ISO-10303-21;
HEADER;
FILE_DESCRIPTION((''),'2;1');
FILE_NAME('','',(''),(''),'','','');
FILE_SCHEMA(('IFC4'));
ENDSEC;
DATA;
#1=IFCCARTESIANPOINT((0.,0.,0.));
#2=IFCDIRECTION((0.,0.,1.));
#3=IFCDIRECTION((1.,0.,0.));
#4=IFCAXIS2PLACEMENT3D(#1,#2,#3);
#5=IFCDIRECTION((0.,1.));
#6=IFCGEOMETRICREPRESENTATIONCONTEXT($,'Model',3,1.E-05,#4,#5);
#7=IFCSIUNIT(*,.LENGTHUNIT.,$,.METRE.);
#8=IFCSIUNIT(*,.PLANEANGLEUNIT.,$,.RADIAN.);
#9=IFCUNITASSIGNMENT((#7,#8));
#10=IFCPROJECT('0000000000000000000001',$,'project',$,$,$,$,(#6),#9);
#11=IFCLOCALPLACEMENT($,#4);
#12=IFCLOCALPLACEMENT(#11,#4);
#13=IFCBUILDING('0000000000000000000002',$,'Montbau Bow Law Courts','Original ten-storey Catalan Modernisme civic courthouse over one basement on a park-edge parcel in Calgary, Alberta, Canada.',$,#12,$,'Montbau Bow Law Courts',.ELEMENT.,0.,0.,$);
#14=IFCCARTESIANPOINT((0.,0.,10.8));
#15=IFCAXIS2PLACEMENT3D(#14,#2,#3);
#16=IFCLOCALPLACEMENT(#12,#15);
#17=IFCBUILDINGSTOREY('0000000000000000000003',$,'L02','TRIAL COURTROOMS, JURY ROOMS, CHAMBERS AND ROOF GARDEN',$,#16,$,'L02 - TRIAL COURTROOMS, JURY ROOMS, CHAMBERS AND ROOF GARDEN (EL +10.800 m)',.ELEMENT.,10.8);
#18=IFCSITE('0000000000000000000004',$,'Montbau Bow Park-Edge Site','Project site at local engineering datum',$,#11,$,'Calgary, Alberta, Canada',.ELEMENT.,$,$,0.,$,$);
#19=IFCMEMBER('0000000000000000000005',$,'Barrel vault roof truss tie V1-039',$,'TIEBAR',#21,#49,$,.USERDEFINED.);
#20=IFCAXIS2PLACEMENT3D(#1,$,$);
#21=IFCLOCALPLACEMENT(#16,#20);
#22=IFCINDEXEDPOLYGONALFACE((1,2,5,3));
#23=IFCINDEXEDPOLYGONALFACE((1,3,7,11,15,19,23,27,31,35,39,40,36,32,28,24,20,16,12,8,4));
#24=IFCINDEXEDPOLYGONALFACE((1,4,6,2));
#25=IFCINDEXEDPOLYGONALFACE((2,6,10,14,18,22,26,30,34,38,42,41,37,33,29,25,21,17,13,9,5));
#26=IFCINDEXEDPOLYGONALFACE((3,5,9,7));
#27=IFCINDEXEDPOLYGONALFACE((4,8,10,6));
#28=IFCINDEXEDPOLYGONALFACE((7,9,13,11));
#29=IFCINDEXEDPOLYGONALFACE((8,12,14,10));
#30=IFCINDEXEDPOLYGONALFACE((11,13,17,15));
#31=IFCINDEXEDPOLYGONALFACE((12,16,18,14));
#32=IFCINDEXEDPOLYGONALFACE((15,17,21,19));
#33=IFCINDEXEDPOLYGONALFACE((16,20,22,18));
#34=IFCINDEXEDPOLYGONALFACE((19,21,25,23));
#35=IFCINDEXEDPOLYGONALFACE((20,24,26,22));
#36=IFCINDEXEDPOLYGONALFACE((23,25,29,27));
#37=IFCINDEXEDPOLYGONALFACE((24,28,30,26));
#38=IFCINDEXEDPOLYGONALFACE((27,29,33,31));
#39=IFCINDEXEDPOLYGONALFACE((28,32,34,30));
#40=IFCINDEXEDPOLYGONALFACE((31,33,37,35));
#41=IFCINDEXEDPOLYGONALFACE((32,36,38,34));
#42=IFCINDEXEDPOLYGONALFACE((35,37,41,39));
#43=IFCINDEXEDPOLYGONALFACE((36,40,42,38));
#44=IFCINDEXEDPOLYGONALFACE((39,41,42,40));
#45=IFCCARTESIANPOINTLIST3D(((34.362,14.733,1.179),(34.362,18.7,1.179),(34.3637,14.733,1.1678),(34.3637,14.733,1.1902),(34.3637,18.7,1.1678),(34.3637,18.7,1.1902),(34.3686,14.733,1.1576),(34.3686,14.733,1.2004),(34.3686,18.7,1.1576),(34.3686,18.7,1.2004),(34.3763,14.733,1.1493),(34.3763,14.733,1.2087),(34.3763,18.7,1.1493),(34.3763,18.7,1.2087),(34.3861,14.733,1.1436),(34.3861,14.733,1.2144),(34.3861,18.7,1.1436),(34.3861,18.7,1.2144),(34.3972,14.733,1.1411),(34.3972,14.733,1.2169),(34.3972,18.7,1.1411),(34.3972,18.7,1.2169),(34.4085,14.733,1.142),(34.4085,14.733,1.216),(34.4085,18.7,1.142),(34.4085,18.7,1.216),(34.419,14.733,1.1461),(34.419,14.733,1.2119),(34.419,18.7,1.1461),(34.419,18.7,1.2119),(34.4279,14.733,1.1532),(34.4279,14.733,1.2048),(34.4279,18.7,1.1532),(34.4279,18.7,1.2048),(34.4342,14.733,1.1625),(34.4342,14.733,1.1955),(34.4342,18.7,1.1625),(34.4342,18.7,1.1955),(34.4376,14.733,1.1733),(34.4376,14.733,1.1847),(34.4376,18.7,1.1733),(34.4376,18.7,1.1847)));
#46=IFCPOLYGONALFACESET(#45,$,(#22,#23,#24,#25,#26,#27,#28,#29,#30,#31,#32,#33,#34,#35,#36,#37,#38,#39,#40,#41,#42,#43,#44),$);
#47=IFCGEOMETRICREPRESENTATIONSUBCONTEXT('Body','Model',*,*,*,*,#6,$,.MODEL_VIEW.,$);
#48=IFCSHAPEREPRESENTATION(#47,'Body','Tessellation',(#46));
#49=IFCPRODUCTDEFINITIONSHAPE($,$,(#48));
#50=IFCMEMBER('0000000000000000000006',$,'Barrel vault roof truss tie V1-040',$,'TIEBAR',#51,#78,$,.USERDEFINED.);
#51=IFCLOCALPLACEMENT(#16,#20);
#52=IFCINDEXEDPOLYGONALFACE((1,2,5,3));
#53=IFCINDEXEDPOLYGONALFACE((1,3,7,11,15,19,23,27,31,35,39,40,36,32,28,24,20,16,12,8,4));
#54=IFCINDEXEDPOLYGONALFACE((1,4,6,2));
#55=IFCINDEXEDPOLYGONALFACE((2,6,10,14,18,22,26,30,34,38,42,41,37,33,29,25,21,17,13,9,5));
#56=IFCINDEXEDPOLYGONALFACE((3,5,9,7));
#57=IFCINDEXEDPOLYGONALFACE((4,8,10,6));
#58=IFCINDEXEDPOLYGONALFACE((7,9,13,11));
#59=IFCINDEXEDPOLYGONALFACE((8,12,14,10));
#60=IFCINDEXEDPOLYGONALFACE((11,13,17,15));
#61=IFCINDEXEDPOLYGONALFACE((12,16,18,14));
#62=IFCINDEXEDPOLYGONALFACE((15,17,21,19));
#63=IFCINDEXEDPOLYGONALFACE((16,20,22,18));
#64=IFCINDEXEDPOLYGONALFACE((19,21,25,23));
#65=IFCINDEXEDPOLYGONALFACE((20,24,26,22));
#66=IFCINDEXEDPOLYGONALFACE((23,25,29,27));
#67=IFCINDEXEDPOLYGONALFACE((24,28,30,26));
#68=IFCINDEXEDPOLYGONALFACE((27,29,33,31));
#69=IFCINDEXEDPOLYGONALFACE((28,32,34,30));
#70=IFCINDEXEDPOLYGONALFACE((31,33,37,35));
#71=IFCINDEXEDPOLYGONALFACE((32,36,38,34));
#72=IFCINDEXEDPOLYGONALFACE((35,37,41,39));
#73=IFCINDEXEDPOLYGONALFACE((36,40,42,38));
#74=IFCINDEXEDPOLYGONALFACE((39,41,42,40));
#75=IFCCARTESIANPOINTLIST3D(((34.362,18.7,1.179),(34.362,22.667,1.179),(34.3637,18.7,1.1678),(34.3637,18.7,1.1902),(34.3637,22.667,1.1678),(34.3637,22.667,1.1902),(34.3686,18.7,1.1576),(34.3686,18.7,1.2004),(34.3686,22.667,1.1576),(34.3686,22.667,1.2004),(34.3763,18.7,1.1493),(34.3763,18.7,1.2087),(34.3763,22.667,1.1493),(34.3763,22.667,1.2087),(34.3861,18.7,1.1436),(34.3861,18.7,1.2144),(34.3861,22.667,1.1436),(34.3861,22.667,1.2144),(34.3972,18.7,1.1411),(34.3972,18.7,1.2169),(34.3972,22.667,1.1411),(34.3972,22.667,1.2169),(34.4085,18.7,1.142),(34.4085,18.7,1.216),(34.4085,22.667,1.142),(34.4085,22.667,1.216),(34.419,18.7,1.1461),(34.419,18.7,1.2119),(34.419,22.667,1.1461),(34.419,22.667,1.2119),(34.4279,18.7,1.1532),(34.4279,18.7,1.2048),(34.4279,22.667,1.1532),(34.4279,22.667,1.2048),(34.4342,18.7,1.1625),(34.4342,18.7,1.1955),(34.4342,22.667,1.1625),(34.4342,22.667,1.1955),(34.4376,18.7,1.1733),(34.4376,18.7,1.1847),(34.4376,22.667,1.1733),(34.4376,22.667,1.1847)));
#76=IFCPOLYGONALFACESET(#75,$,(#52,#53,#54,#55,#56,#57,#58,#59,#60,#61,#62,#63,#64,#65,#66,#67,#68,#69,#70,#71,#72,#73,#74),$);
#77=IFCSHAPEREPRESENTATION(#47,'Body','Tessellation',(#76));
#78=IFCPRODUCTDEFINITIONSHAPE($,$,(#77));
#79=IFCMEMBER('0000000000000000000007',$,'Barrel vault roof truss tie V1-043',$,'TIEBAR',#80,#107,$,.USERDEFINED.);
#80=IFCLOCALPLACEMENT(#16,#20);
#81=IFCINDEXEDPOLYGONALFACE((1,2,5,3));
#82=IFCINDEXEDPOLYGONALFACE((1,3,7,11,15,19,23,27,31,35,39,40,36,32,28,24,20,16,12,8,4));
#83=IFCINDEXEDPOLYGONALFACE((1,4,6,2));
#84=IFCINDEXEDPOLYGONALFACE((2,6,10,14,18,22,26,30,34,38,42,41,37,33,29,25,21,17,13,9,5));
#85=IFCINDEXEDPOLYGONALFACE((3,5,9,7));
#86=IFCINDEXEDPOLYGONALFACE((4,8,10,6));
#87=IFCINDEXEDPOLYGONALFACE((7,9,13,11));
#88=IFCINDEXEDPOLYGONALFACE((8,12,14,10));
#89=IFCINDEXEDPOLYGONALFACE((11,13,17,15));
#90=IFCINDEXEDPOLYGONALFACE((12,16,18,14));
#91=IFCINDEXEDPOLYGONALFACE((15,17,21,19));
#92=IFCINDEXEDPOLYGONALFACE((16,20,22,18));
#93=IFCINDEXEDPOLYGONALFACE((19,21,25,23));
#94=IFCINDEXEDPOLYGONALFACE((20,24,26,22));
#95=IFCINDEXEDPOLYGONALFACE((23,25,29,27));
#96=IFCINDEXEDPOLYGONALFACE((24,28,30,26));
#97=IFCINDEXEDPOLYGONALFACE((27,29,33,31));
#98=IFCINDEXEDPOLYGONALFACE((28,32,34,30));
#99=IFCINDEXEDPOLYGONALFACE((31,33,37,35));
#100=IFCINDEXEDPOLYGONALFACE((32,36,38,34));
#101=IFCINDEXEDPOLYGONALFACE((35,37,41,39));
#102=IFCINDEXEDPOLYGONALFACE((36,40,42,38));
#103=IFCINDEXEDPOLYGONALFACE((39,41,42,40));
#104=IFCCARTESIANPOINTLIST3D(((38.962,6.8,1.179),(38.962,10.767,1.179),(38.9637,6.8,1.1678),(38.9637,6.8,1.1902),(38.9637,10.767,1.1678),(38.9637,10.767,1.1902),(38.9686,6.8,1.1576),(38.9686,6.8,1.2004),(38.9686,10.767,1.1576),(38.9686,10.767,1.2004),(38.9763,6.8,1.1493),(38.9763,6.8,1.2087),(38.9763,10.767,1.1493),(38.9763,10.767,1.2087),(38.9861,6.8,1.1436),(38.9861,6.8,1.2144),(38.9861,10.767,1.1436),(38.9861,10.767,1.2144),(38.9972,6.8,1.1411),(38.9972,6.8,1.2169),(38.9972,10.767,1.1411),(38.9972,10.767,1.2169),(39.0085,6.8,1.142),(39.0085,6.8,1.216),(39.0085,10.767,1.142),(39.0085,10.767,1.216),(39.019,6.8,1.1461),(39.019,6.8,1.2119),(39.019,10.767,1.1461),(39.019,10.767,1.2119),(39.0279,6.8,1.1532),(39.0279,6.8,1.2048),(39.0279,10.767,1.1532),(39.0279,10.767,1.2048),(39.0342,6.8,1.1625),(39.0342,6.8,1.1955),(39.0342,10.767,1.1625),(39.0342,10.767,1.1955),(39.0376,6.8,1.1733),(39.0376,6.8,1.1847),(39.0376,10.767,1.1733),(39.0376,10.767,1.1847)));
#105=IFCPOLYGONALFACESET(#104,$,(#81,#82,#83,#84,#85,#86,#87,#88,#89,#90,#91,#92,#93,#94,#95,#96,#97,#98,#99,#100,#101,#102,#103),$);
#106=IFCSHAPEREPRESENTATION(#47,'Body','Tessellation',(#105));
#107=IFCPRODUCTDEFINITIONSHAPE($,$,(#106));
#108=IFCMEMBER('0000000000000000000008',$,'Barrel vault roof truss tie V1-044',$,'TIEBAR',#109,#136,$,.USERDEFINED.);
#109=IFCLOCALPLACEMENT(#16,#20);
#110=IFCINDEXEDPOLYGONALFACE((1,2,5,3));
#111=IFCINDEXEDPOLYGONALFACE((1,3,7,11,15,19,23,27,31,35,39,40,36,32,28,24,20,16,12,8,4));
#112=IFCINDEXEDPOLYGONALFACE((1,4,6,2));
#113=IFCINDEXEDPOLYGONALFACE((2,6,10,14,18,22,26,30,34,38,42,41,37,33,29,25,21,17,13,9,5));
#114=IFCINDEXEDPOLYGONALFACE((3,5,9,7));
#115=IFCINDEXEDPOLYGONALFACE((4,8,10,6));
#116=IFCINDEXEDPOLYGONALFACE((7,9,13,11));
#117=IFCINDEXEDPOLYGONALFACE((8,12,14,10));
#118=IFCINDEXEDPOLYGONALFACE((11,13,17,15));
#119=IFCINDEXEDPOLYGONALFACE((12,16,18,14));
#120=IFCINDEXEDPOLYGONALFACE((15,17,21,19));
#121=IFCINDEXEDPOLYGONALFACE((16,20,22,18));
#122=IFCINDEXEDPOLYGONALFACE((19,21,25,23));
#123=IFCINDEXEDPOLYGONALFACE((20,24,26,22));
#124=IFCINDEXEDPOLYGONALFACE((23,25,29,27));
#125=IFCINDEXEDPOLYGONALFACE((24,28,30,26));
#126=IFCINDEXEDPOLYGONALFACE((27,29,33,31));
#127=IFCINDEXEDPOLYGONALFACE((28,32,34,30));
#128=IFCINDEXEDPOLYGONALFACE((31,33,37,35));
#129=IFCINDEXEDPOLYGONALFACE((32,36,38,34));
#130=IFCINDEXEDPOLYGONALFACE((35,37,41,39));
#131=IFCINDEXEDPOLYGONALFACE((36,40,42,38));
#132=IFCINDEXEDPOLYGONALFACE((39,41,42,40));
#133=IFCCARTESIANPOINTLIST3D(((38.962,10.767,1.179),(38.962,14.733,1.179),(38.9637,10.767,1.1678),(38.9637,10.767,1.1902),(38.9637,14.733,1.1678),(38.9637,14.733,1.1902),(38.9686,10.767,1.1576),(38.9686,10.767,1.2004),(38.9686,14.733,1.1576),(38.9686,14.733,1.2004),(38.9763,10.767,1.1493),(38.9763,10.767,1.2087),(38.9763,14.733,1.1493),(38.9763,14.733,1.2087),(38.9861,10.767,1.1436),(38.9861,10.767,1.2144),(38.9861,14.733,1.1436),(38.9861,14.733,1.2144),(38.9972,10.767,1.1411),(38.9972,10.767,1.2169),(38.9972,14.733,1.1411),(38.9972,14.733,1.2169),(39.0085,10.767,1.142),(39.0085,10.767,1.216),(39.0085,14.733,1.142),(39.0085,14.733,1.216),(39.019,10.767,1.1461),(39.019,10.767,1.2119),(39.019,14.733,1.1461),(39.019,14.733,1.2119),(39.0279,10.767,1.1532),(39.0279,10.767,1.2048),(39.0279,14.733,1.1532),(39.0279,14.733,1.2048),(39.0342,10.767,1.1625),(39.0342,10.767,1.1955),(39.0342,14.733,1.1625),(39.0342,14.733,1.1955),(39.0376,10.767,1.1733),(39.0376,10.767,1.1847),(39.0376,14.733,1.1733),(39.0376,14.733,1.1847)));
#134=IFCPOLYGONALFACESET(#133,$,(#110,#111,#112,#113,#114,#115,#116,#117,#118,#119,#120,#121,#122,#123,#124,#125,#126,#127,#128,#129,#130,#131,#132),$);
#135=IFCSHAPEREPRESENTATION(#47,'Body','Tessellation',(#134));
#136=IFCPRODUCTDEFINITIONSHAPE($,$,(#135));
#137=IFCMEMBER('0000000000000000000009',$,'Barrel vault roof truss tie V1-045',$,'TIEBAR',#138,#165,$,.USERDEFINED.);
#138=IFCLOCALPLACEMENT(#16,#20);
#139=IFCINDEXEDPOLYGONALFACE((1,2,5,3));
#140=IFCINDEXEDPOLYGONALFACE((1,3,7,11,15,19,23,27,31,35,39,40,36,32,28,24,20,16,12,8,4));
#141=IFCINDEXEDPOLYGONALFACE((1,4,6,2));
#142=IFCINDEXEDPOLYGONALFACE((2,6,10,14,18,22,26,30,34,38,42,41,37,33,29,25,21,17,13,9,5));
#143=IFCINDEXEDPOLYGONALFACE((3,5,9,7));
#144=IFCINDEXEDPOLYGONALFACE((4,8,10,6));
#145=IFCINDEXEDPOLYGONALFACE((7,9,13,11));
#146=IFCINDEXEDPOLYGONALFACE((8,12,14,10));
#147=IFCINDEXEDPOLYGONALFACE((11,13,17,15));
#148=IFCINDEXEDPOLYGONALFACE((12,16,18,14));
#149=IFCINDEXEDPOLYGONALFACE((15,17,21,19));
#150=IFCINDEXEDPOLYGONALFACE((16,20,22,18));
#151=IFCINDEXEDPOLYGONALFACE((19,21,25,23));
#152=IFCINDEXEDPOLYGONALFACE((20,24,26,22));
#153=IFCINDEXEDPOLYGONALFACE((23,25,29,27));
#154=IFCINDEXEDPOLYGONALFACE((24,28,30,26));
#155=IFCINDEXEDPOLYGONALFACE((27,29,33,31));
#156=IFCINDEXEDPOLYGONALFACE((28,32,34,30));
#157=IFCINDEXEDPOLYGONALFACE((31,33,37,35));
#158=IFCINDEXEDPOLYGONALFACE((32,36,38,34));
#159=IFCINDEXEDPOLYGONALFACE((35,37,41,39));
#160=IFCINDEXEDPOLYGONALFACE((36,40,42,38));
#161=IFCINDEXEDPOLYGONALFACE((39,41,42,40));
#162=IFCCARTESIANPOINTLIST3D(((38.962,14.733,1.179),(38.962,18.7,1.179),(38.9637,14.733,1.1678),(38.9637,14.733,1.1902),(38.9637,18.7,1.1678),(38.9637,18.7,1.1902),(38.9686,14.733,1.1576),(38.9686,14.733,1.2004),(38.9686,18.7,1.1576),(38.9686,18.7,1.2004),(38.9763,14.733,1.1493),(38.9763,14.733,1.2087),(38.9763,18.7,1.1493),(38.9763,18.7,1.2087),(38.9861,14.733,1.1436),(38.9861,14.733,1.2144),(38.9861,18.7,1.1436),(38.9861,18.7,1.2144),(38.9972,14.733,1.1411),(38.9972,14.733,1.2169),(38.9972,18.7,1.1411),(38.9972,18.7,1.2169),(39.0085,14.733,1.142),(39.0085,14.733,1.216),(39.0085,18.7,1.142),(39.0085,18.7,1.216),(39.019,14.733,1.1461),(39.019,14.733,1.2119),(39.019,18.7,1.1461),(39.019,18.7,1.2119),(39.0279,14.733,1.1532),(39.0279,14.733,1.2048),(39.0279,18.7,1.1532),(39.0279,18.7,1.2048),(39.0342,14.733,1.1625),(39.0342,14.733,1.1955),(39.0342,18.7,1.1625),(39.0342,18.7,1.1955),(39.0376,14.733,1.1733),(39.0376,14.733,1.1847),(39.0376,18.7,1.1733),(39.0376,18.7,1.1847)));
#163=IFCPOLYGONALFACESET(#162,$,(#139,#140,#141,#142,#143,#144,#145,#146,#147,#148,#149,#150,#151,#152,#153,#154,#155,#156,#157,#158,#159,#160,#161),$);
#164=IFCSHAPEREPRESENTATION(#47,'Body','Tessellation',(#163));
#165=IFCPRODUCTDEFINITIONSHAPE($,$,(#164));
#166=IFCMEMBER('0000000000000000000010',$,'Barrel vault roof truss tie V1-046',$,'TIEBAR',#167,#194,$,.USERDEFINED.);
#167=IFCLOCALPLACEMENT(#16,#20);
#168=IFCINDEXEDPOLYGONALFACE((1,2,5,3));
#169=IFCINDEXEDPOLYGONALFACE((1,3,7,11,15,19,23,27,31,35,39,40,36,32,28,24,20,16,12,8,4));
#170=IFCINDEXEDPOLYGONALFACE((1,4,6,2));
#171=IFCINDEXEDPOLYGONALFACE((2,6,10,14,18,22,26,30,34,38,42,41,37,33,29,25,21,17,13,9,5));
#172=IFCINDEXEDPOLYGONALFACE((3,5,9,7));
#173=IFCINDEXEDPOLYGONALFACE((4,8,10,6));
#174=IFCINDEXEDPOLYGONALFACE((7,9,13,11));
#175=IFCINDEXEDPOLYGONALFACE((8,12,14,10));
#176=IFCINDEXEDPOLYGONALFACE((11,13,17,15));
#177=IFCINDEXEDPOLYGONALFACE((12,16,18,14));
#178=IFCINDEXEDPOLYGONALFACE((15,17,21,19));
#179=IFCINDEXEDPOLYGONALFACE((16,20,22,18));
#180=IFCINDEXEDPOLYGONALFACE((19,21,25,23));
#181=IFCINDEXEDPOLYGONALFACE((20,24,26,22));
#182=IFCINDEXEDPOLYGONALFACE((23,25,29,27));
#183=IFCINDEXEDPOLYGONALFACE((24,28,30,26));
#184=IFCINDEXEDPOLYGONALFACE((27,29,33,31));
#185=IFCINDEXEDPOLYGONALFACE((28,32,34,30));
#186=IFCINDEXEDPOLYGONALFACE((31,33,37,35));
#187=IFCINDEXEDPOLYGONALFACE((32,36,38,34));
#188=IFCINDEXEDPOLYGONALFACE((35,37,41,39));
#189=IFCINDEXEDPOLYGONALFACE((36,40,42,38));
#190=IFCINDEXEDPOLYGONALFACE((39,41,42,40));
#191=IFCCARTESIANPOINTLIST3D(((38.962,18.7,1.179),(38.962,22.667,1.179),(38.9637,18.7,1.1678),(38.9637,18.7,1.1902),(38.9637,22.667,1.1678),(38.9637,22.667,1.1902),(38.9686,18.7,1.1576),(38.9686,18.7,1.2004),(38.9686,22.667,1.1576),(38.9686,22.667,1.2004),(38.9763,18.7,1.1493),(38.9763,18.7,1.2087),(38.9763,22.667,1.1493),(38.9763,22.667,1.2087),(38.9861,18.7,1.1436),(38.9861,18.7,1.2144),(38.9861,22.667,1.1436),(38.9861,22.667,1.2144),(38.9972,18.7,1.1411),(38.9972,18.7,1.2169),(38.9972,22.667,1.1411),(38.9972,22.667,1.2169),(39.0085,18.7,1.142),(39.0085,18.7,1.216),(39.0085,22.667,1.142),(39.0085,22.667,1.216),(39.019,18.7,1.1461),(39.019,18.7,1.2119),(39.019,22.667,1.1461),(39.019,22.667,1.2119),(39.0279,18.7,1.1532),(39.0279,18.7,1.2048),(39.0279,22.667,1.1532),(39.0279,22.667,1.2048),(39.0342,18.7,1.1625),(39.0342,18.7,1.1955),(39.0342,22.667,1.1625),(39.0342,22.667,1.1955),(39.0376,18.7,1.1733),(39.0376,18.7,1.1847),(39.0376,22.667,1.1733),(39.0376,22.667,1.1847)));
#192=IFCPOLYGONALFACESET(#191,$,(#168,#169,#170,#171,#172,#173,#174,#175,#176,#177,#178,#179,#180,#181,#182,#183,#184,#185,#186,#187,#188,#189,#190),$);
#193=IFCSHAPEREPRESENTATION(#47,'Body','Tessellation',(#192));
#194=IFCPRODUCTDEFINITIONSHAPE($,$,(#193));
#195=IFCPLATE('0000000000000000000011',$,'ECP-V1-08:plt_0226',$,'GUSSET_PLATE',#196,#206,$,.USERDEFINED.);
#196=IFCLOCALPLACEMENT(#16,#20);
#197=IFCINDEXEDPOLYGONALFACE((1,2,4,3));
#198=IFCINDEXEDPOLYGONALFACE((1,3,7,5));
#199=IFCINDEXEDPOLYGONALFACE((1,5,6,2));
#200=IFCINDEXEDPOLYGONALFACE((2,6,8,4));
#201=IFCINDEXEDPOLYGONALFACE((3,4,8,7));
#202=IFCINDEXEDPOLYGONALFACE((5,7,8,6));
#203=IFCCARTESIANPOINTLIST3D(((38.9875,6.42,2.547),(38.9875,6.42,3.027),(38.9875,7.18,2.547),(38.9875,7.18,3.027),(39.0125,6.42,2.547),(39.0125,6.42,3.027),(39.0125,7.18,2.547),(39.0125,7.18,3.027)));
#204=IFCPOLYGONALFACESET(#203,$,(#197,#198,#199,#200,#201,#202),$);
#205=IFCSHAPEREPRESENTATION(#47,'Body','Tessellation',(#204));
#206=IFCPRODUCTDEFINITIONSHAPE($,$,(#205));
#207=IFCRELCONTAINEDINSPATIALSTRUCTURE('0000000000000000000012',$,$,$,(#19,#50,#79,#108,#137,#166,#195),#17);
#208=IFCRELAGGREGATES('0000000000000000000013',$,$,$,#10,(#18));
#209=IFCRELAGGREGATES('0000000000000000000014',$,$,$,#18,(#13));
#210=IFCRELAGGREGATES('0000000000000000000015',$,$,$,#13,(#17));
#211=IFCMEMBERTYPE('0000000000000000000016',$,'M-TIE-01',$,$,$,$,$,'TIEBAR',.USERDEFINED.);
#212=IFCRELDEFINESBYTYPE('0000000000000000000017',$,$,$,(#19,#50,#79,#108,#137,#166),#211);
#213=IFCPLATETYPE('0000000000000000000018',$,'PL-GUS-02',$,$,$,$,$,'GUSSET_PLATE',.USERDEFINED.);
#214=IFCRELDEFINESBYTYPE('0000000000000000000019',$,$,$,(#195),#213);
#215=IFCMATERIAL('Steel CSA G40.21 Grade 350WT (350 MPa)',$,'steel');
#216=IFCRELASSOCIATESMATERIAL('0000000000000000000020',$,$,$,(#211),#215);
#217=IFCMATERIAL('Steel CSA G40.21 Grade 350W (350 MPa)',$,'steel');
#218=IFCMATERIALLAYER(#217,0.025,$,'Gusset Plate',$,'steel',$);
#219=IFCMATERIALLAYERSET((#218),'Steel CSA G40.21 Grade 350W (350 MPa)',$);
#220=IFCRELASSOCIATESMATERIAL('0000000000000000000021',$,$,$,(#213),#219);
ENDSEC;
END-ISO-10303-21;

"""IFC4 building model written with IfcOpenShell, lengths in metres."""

from ifc_helpers import new_model, si_unit, direction, frame, origin_with_axes, origin_2d_with_axis, place, context, subcontext, project, spatial, rectangle, circle, extrude, material, layer, layer_set, material_profile, profile_set, type_object, element, save


model = new_model("IFC4")

# Units and contexts
model_context = context("Model", 3, precision=1e-05, world=origin_with_axes(), true_north=direction((0.0, 1.0)))
body_context = subcontext(model_context, "Body", "Model", "MODEL_VIEW")
ifc_project = project(units=[si_unit("LENGTHUNIT", "METRE"), si_unit("PLANEANGLEUNIT", "RADIAN")], contexts=[model_context])

# Site, building, storey
site_placement = place(None, origin_with_axes())
site = spatial("IfcSite", under=ifc_project, at=site_placement, Name="Montbau Bow Park-Edge Site", Description="Project site at local engineering datum", LongName="Calgary, Alberta, Canada", CompositionType="ELEMENT", RefElevation=0.0)
building_placement = place(site_placement, origin_with_axes())
building = spatial("IfcBuilding", under=site, at=building_placement, Name="Montbau Bow Law Courts", Description="Original ten-storey Catalan Modernisme civic courthouse over one basement on a park-edge parcel in Calgary, Alberta, Canada.", LongName="Montbau Bow Law Courts", CompositionType="ELEMENT", ElevationOfRefHeight=0.0, ElevationOfTerrain=0.0)
storey_placement = place(building_placement, frame((0.0, 0.0, 10.8), z_axis=(0.0, 0.0, 1.0), x_axis=(1.0, 0.0, 0.0)))
storey = spatial("IfcBuildingStorey", under=building, at=storey_placement, Name="L02", Description="TRIAL COURTROOMS, JURY ROOMS, CHAMBERS AND ROOF GARDEN", LongName="L02 - TRIAL COURTROOMS, JURY ROOMS, CHAMBERS AND ROOF GARDEN (EL +10.800 m)", CompositionType="ELEMENT", Elevation=10.8)

# Shared definitions
ifc_material_1 = material(Name="Steel CSA G40.21 Grade 350WT (350 MPa)", Category="steel")

# Members
ifc_material_profile_1 = material_profile(ifc_material_1, circle(Radius=0.038, at=origin_2d_with_axis()), Name="ROD76", Category="Main", Priority=0)
ifc_profile_set_1 = profile_set([ifc_material_profile_1], Name="Steel CSA G40.21 Grade 350WT (350 MPa)")
member_type_1 = type_object("IfcMemberType", Name="M-TIE-01", ElementType="TIEBAR", PredefinedType="USERDEFINED", material=ifc_profile_set_1)
for number, where, z_axis, x_axis, name in (
    (1, (34.4, 14.733, 11.979), (0.0, 1.0, 0.0), (-1.0, 0.0, 0.0), "Barrel vault roof truss tie V1-039"),
    (2, (34.4, 18.7, 11.979), (0.0, 1.0, 0.0), (-1.0, 0.0, 0.0), "Barrel vault roof truss tie V1-040"),
    (3, (39.0, 6.8, 11.979), (0.0, 1.0, 0.0), (-1.0, 0.0, 0.0), "Barrel vault roof truss tie V1-043"),
):
    element("IfcMember", number, at=place(None, frame(where, z_axis=z_axis, x_axis=x_axis)), inside=storey, type_object=member_type_1, Name=name, ObjectType="TIEBAR", PredefinedType="USERDEFINED", context=body_context, shape_type="SweptSolid", body=[
        extrude(circle(Radius=0.038, at=origin_2d_with_axis()), origin_with_axes(), (0.0, 0.0, 1.0), 3.967),
    ])
member_1_placement = place(None, frame((39.0, 10.767, 11.979), z_axis=(0.0, 1.0, 0.0), x_axis=(-1.0, 0.0, 0.0)))
element("IfcMember", 4, at=member_1_placement, inside=storey, type_object=member_type_1, Name="Barrel vault roof truss tie V1-044", ObjectType="TIEBAR", PredefinedType="USERDEFINED", context=body_context, shape_type="SweptSolid", body=[
    extrude(circle(Radius=0.038, at=origin_2d_with_axis()), origin_with_axes(), (0.0, 0.0, 1.0), 3.966),
])
for number, where, z_axis, x_axis, name in (
    (5, (39.0, 14.733, 11.979), (0.0, 1.0, 0.0), (-1.0, 0.0, 0.0), "Barrel vault roof truss tie V1-045"),
    (6, (39.0, 18.7, 11.979), (0.0, 1.0, 0.0), (-1.0, 0.0, 0.0), "Barrel vault roof truss tie V1-046"),
):
    element("IfcMember", number, at=place(None, frame(where, z_axis=z_axis, x_axis=x_axis)), inside=storey, type_object=member_type_1, Name=name, ObjectType="TIEBAR", PredefinedType="USERDEFINED", context=body_context, shape_type="SweptSolid", body=[
        extrude(circle(Radius=0.038, at=origin_2d_with_axis()), origin_with_axes(), (0.0, 0.0, 1.0), 3.967),
    ])

# Plate
ifc_material_2 = material(Name="Steel CSA G40.21 Grade 350W (350 MPa)", Category="steel")
ifc_layer = layer(ifc_material_2, 0.025, Name="Gusset Plate", Category="steel")
ifc_layer_set = layer_set([ifc_layer], Name="Steel CSA G40.21 Grade 350W (350 MPa)")
plate_type = type_object("IfcPlateType", Name="PL-GUS-02", ElementType="GUSSET_PLATE", PredefinedType="USERDEFINED", material=ifc_layer_set)
plate_placement = place(None, frame((39.0, 6.8, 13.347), z_axis=(0.0, 0.0, 1.0), x_axis=(1.0, 0.0, 0.0)))
element("IfcPlate", 7, at=plate_placement, inside=storey, type_object=plate_type, Name="ECP-V1-08:plt_0226", ObjectType="GUSSET_PLATE", PredefinedType="USERDEFINED", context=body_context, shape_type="SweptSolid", body=[
    extrude(rectangle(XDim=0.025, YDim=0.76, at=origin_2d_with_axis()), origin_with_axes(), (0.0, 0.0, 1.0), 0.48),
])

save(model, "model.ifc")
